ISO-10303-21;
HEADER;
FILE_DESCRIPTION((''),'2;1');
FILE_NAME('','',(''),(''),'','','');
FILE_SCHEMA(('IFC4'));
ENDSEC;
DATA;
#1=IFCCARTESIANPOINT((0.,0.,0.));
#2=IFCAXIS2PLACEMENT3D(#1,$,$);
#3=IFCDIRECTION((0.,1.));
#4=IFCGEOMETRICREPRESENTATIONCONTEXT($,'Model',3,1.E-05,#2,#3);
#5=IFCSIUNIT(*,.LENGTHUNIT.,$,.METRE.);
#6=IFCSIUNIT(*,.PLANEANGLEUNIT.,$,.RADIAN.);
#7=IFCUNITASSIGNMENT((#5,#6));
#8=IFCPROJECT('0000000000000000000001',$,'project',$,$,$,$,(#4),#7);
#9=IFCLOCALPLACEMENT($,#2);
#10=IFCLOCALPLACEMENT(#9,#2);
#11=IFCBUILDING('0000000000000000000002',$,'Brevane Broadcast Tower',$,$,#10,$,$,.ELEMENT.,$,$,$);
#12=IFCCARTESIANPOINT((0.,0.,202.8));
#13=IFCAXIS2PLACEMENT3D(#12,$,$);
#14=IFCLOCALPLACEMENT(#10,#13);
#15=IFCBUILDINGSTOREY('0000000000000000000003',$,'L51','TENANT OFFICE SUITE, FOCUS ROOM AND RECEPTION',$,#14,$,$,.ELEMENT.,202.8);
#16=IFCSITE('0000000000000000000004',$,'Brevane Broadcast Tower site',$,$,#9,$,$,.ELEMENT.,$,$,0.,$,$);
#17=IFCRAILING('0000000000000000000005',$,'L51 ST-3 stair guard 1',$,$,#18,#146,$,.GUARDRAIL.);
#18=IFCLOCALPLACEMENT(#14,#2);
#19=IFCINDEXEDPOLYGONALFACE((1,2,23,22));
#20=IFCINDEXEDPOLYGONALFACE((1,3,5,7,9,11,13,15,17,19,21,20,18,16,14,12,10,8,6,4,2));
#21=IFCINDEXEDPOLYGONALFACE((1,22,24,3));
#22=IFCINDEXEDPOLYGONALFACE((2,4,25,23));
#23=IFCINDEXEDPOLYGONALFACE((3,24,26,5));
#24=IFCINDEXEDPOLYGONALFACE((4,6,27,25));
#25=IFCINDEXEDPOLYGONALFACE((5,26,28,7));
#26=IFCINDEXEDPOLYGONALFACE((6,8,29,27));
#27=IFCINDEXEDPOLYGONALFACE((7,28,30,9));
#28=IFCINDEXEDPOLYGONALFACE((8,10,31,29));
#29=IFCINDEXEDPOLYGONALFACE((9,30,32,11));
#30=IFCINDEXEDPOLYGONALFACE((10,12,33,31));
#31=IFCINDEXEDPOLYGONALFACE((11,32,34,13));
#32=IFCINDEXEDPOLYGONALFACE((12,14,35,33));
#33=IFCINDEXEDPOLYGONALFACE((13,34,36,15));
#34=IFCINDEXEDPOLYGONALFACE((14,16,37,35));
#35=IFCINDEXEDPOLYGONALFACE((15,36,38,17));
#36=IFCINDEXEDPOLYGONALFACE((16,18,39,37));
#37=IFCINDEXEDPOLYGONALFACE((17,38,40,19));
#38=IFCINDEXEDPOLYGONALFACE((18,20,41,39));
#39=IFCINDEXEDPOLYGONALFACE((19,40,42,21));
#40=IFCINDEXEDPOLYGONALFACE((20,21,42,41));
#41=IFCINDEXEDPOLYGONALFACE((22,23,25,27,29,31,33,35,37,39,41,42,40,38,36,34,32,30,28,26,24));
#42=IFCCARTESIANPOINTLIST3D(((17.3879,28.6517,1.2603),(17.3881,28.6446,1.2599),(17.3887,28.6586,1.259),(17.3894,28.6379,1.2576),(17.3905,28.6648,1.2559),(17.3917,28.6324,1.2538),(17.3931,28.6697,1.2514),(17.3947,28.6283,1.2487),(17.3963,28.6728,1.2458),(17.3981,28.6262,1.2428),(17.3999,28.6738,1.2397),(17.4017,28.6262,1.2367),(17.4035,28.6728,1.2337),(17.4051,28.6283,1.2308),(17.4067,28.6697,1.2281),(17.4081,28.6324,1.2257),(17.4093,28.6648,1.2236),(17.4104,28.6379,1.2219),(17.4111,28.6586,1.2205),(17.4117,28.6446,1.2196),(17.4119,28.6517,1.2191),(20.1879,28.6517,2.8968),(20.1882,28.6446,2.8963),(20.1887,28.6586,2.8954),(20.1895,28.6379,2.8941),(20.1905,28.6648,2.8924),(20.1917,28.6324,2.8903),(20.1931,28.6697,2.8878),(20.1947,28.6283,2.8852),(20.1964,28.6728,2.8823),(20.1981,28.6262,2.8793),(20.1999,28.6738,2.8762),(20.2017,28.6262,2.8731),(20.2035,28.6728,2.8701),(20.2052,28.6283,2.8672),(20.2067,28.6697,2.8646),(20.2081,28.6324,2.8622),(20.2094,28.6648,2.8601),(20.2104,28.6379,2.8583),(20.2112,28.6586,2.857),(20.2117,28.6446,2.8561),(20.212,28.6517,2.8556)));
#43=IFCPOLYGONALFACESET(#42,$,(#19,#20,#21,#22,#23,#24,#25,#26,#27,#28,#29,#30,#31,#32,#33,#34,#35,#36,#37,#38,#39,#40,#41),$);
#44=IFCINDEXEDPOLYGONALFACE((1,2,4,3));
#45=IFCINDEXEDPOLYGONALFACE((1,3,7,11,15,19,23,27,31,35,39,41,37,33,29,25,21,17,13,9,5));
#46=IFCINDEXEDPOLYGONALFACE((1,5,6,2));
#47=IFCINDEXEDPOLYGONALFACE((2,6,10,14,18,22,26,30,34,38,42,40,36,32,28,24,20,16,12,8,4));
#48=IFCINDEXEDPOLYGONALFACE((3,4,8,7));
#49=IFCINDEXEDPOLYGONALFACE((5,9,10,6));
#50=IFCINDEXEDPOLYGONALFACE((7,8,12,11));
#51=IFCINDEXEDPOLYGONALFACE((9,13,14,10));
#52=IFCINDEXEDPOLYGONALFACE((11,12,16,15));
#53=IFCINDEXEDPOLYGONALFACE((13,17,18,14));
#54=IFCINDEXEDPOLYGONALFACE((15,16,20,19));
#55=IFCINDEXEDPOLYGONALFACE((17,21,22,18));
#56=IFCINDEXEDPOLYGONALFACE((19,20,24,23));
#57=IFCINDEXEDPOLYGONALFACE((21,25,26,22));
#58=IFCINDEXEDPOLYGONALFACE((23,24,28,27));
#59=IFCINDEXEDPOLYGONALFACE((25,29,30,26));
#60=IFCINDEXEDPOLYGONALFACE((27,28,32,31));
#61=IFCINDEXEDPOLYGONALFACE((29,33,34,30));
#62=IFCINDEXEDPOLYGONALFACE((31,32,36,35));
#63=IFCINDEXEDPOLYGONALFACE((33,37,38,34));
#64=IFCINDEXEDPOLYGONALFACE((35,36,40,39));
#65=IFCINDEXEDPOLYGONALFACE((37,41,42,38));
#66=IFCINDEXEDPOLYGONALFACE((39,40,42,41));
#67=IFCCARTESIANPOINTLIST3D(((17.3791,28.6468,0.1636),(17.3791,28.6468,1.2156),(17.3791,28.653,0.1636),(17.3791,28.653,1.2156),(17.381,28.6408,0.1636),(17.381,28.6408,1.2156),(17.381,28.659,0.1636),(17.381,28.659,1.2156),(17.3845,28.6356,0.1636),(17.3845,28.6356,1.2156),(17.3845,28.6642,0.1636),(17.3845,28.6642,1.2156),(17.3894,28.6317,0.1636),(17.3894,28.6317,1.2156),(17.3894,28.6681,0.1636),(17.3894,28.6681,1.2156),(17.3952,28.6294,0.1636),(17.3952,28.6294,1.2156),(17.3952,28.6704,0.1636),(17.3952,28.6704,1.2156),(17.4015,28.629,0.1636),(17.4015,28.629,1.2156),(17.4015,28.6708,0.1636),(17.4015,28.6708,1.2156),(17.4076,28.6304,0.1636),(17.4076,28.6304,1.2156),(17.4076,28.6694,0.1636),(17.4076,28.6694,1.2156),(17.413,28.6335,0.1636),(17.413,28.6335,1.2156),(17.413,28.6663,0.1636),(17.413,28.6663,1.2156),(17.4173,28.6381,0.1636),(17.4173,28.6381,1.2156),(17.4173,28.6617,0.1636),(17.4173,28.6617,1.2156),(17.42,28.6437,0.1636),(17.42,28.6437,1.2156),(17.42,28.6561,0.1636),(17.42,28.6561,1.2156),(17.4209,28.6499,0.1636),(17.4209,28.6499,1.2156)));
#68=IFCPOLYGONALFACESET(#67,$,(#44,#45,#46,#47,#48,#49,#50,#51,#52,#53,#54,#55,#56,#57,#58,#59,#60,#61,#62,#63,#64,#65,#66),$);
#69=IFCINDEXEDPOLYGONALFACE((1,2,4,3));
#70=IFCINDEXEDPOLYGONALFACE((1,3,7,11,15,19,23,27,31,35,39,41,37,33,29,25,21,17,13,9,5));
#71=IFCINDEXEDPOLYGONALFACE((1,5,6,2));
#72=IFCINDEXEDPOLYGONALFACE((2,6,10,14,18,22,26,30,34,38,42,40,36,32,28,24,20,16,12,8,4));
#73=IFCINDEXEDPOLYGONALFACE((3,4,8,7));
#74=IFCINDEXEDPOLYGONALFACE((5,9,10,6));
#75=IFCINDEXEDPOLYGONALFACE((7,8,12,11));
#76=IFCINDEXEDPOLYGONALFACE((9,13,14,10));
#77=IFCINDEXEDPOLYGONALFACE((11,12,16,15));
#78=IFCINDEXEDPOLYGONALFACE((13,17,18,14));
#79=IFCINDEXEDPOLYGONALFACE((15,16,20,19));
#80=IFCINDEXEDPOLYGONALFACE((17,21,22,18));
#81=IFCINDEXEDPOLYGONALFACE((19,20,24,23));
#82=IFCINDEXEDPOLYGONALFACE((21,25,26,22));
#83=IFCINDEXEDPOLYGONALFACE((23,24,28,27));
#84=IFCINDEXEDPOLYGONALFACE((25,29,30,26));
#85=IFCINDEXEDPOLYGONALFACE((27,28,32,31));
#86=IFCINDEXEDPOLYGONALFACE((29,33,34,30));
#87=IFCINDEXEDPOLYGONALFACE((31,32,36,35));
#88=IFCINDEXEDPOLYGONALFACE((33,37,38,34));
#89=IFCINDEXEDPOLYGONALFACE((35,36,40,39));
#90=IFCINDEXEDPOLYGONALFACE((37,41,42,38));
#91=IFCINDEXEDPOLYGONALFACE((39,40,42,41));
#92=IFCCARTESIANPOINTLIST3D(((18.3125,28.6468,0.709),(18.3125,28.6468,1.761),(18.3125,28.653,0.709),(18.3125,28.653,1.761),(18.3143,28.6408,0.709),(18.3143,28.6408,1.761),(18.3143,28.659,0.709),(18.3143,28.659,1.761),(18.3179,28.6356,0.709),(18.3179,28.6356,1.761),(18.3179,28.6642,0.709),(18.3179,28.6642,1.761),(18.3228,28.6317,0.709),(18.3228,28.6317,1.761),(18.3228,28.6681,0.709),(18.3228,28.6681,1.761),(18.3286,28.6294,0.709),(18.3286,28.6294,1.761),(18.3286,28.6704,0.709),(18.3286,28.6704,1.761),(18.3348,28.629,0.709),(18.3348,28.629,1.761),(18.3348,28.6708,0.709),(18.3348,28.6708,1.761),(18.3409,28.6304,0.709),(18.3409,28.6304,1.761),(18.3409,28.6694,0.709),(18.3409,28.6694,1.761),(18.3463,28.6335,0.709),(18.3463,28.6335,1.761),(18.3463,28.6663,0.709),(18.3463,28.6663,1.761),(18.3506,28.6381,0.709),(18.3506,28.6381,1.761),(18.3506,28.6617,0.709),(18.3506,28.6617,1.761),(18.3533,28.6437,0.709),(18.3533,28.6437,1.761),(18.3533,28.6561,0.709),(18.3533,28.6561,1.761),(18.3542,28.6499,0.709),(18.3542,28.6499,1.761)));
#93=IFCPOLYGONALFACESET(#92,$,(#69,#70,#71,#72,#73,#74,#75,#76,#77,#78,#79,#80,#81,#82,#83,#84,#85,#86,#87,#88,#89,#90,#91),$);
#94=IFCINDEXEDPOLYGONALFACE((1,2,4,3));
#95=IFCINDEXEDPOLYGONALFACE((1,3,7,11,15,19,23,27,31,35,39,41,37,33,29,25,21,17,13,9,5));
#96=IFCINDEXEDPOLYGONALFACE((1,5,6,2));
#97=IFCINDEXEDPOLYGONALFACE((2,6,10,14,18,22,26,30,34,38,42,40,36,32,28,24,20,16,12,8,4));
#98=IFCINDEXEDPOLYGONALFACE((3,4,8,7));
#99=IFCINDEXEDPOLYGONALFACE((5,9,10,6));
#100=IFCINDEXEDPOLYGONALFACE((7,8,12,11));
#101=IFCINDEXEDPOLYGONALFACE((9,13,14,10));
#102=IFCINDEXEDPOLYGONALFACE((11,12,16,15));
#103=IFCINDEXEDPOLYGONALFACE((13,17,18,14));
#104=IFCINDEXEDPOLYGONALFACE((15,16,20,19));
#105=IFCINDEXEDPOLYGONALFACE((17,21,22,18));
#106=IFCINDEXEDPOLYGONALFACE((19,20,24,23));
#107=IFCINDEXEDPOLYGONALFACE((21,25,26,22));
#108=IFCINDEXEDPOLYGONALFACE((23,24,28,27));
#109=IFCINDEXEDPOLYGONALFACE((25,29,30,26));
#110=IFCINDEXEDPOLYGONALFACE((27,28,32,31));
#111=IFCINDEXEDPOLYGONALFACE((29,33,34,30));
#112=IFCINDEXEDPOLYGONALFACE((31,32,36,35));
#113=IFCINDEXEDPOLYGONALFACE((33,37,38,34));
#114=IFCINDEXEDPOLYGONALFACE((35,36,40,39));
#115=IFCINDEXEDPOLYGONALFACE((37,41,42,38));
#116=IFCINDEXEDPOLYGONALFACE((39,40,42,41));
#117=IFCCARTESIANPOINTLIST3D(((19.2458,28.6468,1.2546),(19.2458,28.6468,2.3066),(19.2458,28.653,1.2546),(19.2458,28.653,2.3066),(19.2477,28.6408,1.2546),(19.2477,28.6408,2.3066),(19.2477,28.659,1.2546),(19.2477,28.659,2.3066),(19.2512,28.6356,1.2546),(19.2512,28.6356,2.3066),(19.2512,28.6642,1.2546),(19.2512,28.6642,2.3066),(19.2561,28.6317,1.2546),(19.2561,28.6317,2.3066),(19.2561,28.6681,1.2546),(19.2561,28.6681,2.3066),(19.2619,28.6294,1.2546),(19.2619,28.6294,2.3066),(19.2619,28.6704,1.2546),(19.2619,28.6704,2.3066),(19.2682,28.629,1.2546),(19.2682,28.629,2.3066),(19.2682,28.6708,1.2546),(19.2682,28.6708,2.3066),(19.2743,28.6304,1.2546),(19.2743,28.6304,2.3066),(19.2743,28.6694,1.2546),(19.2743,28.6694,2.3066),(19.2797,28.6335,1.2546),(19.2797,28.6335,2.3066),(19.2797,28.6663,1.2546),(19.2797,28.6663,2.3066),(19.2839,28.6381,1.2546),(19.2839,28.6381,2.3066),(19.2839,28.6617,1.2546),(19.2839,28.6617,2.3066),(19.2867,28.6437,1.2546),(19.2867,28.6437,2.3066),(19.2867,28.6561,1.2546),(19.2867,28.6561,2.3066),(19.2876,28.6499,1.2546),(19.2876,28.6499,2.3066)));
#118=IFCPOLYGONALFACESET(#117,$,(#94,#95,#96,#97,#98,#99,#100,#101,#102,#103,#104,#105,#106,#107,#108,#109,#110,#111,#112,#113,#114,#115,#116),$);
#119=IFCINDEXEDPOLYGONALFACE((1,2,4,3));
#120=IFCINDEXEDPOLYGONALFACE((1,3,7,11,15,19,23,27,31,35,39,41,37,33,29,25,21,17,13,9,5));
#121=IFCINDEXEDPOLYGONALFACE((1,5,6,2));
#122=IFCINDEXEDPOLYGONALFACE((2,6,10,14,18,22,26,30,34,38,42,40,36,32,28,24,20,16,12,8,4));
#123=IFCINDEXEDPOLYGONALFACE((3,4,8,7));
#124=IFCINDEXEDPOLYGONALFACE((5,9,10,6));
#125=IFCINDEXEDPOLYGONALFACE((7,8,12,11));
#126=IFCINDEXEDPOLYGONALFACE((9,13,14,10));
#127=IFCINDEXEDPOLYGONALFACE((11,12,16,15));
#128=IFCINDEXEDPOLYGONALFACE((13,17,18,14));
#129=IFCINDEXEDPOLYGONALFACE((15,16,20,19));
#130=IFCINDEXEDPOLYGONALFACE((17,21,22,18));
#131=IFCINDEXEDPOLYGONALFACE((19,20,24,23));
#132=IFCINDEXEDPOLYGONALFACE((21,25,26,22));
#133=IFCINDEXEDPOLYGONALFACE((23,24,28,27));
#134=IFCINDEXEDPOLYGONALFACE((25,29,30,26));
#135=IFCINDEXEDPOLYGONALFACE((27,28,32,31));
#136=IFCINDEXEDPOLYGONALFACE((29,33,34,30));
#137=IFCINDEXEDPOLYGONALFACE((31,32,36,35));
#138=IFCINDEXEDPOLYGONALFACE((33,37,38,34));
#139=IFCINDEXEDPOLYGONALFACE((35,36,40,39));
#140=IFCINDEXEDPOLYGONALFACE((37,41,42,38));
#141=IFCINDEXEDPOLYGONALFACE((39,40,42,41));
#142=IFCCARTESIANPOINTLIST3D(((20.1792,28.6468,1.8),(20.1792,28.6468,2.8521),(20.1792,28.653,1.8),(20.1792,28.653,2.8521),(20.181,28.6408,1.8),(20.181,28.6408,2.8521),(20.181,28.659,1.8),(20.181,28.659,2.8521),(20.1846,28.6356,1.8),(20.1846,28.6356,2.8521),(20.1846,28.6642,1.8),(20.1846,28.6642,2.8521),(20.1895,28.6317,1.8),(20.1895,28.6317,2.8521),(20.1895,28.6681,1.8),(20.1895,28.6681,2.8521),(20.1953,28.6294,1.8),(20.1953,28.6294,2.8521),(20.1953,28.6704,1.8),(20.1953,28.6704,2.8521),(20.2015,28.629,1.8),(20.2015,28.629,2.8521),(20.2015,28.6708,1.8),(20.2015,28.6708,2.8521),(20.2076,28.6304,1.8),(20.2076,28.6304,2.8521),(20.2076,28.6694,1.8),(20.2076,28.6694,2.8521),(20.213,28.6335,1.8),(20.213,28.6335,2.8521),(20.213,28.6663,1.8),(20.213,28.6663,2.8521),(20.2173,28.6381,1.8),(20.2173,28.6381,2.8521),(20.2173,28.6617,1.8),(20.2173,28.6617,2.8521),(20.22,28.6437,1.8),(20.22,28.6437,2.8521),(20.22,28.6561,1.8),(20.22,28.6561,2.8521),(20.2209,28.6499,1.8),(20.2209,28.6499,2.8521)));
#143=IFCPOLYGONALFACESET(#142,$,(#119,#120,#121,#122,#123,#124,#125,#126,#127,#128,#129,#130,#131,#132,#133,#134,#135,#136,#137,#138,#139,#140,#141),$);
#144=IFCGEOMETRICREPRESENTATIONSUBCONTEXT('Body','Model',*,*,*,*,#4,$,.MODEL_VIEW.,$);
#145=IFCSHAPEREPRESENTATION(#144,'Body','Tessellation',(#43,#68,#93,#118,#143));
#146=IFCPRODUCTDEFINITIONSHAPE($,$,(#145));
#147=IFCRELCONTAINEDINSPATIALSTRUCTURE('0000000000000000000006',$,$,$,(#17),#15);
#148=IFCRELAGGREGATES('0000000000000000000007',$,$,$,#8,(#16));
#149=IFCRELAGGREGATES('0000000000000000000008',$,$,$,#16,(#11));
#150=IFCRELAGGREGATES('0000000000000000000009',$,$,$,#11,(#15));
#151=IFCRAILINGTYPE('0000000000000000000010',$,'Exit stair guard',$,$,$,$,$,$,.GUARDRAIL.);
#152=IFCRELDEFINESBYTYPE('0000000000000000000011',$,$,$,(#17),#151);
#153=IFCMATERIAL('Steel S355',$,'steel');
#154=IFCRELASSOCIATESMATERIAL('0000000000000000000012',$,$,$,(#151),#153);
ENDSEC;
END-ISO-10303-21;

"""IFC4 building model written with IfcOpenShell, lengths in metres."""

from ifc_helpers import new_model, si_unit, direction, frame, origin, origin_2d, place, context, subcontext, project, spatial, circle, extrude, material, type_object, element, save


model = new_model("IFC4")

# Units and contexts
model_context = context("Model", 3, precision=1e-05, world=origin(), true_north=direction((0.0, 1.0)))
body_context = subcontext(model_context, "Body", "Model", "MODEL_VIEW")
ifc_project = project(units=[si_unit("LENGTHUNIT", "METRE"), si_unit("PLANEANGLEUNIT", "RADIAN")], contexts=[model_context])

# Site, building, storey
site_placement = place(None, origin())
site = spatial("IfcSite", under=ifc_project, at=site_placement, Name="Brevane Broadcast Tower site", CompositionType="ELEMENT", RefElevation=0.0)
building_placement = place(site_placement, origin())
building = spatial("IfcBuilding", under=site, at=building_placement, Name="Brevane Broadcast Tower", CompositionType="ELEMENT")
storey_placement = place(building_placement, frame((0.0, 0.0, 202.8)))
storey = spatial("IfcBuildingStorey", under=building, at=storey_placement, Name="L51", Description="TENANT OFFICE SUITE, FOCUS ROOM AND RECEPTION", CompositionType="ELEMENT", Elevation=202.8)

# Railing
ifc_material_1 = material(Name="Steel S355", Category="steel")
railing_type_1 = type_object("IfcRailingType", Name="Exit stair guard", PredefinedType="GUARDRAIL", material=ifc_material_1)
railing_1_placement = place(storey_placement, frame((17.3999, 28.6499, 0.1636)))
element("IfcRailing", 1, at=railing_1_placement, inside=storey, type_object=railing_type_1, Name="L51 ST-3 stair guard 1", PredefinedType="GUARDRAIL", context=body_context, shape_type="SweptSolid", body=[
    extrude(circle(Radius=0.0239, at=origin_2d()), frame((0.0, 0.0, 1.0762), z_axis=(0.863361, 0.0, 0.504587), x_axis=(0.0, 1.0, 0.0)), (0.0, 0.0, 1.0), 3.2432),
    extrude(circle(Radius=0.021, at=origin_2d()), origin(), (0.0, 0.0, 1.0), 1.052),
    extrude(circle(Radius=0.021, at=origin_2d()), frame((0.9333, 0.0, 0.5454)), (0.0, 0.0, 1.0), 1.052),
    extrude(circle(Radius=0.021, at=origin_2d()), frame((1.8667, 0.0, 1.0911)), (0.0, 0.0, 1.0), 1.052),
    extrude(circle(Radius=0.021, at=origin_2d()), frame((2.8, 0.0, 1.6365)), (0.0, 0.0, 1.0), 1.052),
])

save(model, "model.ifc")
